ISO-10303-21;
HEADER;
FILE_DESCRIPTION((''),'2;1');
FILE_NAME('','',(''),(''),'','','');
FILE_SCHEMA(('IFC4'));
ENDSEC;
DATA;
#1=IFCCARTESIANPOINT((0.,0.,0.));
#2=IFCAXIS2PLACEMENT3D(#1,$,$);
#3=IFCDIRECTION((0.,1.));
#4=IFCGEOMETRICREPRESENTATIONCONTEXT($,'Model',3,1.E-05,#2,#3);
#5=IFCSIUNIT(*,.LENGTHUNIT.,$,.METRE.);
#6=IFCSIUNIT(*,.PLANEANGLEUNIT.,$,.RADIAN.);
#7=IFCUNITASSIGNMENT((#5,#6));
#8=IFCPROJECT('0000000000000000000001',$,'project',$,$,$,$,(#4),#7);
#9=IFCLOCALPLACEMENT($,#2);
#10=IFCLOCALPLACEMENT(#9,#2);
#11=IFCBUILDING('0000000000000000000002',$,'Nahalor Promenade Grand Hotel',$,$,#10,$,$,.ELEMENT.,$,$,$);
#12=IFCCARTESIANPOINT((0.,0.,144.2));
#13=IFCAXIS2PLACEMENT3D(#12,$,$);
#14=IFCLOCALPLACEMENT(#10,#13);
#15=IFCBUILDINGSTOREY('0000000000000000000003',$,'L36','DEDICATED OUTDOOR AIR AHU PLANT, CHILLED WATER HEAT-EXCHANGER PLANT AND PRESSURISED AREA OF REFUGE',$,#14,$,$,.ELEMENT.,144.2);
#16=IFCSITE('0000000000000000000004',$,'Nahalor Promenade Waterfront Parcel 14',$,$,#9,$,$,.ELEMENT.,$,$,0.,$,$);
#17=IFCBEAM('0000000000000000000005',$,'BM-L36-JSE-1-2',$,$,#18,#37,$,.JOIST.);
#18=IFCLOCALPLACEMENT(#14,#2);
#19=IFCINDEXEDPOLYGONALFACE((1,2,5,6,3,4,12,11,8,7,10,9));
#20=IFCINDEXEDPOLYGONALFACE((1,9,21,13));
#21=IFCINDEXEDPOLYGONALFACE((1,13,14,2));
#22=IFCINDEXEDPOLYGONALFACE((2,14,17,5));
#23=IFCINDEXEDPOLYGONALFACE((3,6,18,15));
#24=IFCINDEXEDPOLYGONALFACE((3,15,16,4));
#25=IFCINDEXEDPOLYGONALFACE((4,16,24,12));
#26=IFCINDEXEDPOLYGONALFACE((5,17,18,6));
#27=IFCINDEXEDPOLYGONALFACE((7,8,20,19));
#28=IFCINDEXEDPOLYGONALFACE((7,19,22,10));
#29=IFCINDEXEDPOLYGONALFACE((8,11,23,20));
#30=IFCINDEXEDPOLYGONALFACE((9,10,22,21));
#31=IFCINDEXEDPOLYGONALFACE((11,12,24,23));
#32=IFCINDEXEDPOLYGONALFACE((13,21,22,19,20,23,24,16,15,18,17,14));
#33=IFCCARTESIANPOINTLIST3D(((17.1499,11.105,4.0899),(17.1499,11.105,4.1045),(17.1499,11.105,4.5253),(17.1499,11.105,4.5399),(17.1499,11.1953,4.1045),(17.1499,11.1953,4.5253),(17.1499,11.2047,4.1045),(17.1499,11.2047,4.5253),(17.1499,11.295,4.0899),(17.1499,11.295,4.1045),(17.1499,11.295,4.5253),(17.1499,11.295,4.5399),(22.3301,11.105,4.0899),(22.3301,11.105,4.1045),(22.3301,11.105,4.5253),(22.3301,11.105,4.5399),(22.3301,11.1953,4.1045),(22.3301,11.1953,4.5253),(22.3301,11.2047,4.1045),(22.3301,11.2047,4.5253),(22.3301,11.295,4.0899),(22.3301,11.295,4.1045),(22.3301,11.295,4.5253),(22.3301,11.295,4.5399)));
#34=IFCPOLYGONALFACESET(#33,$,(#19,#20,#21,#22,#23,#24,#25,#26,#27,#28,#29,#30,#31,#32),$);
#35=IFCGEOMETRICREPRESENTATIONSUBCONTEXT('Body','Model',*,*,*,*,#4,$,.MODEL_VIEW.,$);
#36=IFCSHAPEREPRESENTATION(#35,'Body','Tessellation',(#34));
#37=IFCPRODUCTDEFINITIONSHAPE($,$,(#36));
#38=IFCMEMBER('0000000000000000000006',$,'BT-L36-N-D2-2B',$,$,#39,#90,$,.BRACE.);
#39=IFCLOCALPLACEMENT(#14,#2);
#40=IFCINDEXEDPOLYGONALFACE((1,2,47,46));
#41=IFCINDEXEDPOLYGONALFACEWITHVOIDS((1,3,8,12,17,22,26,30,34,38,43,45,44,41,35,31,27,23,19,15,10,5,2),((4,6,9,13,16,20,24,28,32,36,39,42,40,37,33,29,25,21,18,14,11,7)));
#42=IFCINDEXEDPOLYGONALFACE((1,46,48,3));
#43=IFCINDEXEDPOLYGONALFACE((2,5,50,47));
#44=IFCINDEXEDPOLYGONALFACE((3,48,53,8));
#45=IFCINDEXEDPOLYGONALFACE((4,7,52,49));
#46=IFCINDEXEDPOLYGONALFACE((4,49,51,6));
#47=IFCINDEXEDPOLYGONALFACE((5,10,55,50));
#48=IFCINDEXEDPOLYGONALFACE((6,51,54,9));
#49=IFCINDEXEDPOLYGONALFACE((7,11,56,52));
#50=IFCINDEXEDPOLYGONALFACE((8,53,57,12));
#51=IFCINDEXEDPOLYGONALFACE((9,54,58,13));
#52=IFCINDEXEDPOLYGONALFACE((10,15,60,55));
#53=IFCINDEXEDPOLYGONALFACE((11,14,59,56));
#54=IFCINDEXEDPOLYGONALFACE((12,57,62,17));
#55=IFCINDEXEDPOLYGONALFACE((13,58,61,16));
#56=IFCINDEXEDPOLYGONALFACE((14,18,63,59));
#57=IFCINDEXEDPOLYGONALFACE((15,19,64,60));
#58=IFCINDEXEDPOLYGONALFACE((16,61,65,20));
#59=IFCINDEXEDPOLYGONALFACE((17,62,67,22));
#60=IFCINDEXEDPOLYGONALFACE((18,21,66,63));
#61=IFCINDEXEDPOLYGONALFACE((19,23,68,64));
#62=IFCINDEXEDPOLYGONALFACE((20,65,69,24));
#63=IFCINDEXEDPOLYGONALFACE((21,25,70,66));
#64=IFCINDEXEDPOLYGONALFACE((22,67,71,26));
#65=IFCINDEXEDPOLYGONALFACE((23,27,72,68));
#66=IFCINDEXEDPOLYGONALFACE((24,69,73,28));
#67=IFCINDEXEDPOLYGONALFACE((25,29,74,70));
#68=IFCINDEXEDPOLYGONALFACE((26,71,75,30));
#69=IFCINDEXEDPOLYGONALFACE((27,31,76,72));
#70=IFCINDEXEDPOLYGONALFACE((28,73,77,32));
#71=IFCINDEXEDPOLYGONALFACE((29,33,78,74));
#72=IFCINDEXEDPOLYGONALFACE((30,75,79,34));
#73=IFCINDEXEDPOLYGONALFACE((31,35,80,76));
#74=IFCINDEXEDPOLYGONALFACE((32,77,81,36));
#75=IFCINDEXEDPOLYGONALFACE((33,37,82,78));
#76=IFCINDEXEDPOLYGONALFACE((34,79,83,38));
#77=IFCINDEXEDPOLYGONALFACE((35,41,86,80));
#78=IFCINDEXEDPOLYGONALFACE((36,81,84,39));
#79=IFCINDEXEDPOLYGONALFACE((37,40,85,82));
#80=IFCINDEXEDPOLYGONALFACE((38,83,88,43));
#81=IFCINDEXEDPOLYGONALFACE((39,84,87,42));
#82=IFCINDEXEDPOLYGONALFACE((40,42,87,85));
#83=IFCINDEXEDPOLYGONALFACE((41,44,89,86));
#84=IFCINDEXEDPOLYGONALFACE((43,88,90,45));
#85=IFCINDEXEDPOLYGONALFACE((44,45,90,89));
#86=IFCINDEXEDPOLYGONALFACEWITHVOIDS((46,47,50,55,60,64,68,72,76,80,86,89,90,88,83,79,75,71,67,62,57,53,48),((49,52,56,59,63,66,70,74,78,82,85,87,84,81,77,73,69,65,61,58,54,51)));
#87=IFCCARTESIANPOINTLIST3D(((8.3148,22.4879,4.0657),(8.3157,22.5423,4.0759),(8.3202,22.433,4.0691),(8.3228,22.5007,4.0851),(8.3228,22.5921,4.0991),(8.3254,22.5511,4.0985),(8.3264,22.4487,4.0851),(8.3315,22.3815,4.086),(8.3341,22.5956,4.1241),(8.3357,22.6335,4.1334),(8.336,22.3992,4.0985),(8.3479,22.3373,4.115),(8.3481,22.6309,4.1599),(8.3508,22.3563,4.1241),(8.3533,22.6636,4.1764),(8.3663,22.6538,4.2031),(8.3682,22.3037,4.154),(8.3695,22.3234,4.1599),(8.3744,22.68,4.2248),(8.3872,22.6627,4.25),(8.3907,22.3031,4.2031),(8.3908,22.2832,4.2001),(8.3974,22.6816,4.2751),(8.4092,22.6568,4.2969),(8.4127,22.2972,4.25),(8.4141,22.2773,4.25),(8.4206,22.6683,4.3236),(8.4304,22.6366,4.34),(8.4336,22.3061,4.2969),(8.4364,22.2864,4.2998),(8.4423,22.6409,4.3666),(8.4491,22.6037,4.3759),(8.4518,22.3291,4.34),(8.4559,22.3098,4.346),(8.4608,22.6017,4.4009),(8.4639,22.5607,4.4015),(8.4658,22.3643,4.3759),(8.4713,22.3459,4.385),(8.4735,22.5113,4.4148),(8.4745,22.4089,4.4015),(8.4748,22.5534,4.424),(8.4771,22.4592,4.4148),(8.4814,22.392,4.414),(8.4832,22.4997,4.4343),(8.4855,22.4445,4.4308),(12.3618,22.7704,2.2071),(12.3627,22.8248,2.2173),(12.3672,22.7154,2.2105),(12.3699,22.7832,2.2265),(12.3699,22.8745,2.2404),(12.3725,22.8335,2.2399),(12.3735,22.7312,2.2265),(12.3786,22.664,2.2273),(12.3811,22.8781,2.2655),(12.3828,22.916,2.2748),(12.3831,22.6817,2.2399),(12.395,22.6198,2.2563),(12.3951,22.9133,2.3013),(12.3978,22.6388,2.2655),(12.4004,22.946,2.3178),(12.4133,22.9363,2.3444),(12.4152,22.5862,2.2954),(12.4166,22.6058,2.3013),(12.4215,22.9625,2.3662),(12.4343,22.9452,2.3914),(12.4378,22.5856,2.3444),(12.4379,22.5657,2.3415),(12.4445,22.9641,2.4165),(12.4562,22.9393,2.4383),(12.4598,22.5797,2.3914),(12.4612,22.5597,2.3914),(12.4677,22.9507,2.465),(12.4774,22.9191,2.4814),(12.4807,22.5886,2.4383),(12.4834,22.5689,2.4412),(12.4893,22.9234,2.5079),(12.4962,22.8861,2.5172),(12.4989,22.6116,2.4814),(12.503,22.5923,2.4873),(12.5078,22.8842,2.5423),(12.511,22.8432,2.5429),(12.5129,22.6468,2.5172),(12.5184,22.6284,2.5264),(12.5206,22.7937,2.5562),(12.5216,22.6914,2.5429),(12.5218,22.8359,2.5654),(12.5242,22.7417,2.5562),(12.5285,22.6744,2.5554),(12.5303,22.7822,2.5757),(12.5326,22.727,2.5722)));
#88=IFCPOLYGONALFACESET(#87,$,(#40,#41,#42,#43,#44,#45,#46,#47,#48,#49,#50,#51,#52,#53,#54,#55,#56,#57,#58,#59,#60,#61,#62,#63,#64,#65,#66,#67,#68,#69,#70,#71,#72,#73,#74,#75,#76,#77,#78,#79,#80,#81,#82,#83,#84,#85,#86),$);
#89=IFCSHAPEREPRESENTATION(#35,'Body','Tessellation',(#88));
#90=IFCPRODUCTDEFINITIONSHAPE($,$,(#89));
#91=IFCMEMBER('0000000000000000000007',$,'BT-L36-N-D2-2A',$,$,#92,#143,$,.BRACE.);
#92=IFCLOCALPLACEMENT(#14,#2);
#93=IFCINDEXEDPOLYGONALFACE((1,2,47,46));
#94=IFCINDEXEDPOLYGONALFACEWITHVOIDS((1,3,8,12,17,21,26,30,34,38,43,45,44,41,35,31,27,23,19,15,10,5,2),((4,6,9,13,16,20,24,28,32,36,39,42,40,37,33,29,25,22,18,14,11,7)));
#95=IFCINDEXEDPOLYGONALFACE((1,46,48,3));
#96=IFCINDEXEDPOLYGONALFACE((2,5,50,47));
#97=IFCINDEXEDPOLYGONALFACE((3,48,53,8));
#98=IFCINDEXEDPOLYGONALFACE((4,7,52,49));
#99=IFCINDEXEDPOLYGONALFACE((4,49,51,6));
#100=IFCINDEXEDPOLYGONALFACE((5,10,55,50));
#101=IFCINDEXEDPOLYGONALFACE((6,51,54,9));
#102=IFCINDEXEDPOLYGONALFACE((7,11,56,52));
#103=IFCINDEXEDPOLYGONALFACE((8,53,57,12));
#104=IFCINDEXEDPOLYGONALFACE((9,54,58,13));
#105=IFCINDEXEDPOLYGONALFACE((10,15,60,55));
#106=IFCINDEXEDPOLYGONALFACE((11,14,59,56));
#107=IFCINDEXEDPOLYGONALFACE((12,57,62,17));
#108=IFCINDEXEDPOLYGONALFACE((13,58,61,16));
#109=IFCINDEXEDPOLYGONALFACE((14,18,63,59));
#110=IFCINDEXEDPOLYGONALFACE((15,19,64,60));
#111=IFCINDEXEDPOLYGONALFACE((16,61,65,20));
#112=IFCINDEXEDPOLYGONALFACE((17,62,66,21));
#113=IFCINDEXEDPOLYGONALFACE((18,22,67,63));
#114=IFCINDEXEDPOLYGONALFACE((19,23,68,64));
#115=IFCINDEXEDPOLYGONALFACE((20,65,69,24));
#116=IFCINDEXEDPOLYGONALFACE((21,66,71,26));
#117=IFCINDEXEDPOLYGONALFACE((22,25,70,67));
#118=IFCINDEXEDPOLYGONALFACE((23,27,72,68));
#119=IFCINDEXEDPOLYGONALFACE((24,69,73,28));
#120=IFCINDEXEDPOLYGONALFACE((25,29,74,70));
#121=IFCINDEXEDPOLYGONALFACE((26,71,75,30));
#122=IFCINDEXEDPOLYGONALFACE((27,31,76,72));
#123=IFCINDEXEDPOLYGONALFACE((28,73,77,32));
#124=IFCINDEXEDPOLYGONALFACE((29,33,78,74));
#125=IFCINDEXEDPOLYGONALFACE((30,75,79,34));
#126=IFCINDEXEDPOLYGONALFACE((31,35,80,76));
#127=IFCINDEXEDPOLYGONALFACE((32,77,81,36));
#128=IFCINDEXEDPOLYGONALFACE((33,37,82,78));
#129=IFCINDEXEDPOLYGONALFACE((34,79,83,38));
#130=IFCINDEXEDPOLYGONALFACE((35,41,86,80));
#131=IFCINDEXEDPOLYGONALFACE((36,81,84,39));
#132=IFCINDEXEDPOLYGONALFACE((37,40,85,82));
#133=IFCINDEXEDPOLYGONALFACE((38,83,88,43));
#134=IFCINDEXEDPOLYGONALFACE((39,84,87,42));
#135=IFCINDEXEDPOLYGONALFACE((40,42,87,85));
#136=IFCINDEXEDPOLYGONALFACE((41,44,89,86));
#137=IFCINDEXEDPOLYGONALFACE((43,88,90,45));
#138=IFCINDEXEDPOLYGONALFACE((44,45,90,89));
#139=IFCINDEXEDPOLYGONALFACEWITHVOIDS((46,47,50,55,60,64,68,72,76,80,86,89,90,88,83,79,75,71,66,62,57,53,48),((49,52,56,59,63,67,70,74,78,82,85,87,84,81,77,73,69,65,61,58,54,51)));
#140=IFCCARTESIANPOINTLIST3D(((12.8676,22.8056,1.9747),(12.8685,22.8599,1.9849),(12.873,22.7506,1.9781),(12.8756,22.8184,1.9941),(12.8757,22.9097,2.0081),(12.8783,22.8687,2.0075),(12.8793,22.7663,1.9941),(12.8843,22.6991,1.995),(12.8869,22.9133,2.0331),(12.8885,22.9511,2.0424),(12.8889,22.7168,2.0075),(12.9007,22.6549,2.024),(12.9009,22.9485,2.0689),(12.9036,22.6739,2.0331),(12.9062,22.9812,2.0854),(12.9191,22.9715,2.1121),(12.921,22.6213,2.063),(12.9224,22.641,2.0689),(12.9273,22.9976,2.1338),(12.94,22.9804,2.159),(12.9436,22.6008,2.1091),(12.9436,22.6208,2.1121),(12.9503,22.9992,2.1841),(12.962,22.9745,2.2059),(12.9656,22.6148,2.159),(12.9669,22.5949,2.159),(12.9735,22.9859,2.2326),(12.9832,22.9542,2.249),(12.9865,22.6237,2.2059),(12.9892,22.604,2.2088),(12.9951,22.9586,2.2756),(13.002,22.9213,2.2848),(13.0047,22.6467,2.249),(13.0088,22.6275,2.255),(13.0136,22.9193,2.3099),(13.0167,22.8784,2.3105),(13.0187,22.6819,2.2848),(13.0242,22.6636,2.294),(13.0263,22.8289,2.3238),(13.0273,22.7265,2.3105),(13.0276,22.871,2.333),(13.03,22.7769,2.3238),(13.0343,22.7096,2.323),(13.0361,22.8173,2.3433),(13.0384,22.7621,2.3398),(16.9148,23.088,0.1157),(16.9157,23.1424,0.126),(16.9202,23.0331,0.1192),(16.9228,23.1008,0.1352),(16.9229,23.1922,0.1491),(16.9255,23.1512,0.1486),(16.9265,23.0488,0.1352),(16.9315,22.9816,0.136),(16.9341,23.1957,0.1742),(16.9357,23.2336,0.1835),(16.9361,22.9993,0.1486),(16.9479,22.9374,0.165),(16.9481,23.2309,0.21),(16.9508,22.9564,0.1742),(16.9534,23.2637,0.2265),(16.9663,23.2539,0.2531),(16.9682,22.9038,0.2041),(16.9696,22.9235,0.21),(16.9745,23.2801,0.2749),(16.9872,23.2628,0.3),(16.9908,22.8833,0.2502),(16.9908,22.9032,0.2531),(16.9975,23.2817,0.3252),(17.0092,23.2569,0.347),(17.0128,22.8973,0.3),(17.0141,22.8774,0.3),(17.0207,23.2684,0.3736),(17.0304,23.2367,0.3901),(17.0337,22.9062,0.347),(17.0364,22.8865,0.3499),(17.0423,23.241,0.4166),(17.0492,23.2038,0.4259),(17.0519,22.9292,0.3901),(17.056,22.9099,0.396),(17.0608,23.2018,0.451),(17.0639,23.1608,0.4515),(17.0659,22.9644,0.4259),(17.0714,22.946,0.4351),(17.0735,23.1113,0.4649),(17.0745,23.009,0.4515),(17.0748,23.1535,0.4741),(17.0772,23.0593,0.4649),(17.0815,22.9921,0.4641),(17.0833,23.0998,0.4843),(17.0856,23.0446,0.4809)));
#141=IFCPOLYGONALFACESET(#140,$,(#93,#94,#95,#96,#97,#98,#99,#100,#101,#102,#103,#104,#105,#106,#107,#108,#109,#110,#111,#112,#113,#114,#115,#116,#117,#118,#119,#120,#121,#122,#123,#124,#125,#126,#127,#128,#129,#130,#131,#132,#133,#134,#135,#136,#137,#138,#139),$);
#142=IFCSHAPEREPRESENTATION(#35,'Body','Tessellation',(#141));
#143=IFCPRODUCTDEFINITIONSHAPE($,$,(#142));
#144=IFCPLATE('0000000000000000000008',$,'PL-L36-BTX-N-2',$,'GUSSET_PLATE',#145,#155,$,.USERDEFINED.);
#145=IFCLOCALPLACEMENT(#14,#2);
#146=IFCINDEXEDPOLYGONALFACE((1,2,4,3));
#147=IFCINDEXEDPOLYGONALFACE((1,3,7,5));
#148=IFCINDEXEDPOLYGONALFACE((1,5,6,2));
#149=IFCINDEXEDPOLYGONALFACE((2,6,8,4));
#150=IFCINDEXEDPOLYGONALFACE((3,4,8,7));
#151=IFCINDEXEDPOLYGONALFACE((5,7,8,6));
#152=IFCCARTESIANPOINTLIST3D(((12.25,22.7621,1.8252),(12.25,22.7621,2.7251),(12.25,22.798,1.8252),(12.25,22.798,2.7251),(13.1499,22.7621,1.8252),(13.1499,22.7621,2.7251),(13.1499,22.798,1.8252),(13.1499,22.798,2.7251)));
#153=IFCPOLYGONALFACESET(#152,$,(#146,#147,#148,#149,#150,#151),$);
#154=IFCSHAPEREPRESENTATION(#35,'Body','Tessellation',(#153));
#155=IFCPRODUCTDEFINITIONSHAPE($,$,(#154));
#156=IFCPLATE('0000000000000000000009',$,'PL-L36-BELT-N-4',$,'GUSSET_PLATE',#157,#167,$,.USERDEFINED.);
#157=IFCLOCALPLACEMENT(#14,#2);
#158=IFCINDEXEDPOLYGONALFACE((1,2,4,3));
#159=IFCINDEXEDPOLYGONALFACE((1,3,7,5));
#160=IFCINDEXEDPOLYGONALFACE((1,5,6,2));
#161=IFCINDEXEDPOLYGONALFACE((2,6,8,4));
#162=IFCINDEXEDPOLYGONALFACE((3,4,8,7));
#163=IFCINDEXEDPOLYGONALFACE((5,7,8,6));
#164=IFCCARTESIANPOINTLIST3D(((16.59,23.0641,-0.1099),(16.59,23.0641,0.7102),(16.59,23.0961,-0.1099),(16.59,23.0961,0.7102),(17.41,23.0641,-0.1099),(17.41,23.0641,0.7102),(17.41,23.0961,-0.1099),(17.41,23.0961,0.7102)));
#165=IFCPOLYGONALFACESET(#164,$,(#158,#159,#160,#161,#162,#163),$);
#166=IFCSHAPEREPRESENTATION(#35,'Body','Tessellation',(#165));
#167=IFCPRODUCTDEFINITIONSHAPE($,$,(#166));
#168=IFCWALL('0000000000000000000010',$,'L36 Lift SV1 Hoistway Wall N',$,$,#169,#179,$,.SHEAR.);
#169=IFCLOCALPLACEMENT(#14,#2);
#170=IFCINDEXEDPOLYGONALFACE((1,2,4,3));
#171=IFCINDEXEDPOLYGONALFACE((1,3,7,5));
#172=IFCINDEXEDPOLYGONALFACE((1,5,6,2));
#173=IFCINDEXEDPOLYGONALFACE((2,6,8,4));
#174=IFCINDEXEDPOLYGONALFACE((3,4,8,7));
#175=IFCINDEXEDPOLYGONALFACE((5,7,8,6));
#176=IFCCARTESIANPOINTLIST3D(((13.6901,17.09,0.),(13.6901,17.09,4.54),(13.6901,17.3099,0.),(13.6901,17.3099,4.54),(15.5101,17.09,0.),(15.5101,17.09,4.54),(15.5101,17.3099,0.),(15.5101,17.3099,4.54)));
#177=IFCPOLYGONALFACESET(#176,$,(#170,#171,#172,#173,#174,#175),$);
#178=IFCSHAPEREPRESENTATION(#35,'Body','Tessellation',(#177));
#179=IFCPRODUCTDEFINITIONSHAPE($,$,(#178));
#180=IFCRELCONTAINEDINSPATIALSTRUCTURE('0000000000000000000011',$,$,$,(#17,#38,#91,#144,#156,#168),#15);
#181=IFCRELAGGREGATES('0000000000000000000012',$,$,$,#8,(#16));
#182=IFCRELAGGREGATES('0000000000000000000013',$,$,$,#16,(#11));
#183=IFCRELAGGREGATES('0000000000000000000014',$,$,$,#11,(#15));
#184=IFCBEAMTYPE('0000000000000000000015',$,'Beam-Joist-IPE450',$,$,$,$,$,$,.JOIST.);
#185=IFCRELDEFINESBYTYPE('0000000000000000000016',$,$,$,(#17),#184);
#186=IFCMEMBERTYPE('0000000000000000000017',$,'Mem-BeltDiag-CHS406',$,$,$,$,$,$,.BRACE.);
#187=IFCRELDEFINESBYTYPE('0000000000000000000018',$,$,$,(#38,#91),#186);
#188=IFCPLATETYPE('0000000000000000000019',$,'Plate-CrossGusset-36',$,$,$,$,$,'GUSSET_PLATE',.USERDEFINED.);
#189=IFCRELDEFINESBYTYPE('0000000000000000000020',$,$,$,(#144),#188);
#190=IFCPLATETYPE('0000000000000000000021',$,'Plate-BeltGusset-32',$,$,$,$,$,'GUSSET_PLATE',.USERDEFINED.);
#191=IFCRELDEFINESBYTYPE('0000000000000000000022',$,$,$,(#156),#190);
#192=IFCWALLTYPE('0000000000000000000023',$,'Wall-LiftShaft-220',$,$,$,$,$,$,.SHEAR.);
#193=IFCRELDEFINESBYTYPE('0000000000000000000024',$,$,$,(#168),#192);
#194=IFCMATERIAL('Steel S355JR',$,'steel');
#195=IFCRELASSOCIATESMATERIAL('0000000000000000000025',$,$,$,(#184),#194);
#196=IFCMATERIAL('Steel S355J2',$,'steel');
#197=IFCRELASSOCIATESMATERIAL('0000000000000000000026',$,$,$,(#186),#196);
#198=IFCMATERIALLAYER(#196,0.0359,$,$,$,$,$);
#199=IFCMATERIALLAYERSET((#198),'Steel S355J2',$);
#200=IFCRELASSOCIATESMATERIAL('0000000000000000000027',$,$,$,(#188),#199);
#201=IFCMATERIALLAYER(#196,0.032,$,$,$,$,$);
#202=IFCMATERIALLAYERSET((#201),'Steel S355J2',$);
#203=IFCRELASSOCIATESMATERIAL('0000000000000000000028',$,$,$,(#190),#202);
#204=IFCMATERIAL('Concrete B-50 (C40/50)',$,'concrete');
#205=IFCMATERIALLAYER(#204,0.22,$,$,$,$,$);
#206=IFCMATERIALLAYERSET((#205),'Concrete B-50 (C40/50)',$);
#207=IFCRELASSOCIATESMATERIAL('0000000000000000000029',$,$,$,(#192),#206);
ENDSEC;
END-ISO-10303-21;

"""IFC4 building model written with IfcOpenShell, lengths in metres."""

from ifc_helpers import new_model, si_unit, direction, frame, frame_2d, origin, origin_2d, place, context, subcontext, project, spatial, rectangle, hollow_circle, i_section, extrude, source, transform, mapped, material, layer, layer_set, material_profile, profile_set, type_object, element, save


model = new_model("IFC4")

# Units and contexts
model_context = context("Model", 3, precision=1e-05, world=origin(), true_north=direction((0.0, 1.0)))
body_context = subcontext(model_context, "Body", "Model", "MODEL_VIEW")
ifc_project = project(units=[si_unit("LENGTHUNIT", "METRE"), si_unit("PLANEANGLEUNIT", "RADIAN")], contexts=[model_context])

# Site, building, storey
site_placement = place(None, origin())
site = spatial("IfcSite", under=ifc_project, at=site_placement, Name="Nahalor Promenade Waterfront Parcel 14", CompositionType="ELEMENT", RefElevation=0.0)
building_placement = place(site_placement, origin())
building = spatial("IfcBuilding", under=site, at=building_placement, Name="Nahalor Promenade Grand Hotel", CompositionType="ELEMENT")
storey_placement = place(building_placement, frame((0.0, 0.0, 144.2)))
storey = spatial("IfcBuildingStorey", under=building, at=storey_placement, Name="L36", Description="DEDICATED OUTDOOR AIR AHU PLANT, CHILLED WATER HEAT-EXCHANGER PLANT AND PRESSURISED AREA OF REFUGE", CompositionType="ELEMENT", Elevation=144.2)

# Shared definitions
ifc_material_1 = material(Name="Steel S355J2", Category="steel")

# Beam
ifc_material_2 = material(Name="Steel S355JR", Category="steel")
ifc_material_profile_1 = material_profile(ifc_material_2, i_section(OverallWidth=0.19, OverallDepth=0.45, WebThickness=0.0094, FlangeThickness=0.0146, at=origin_2d()), Name="IPE 450")
ifc_profile_set_1 = profile_set([ifc_material_profile_1], Name="Steel S355JR")
beam_type_1 = type_object("IfcBeamType", Name="Beam-Joist-IPE450", PredefinedType="JOIST", material=ifc_profile_set_1)
shared_shape_1 = source(origin(), body_context, "Body", "SweptSolid", [
    extrude(i_section(OverallWidth=0.19, OverallDepth=0.45, WebThickness=0.0094, FlangeThickness=0.0146, at=origin_2d()), origin(), (0.0, 0.0, 1.0), 5.1802),
])
beam_placement = place(storey_placement, frame((17.1499, 11.2, 4.3149), z_axis=(1.0, 0.0, 0.0), x_axis=(0.0, 1.0, 0.0)))
element("IfcBeam", 1, at=beam_placement, inside=storey, type_object=beam_type_1, Name="BM-L36-JSE-1-2", PredefinedType="JOIST", context=body_context, shape_type="MappedRepresentation", body=[
    mapped(shared_shape_1, transform((0.0, 0.0, 0.0), scale=1.0)),
])

# Members
ifc_material_profile_2 = material_profile(ifc_material_1, hollow_circle(Radius=0.2032, WallThickness=0.02, at=origin_2d()), Name="CHS 406.4x20")
ifc_profile_set_2 = profile_set([ifc_material_profile_2], Name="Steel S355J2")
member_type = type_object("IfcMemberType", Name="Mem-BeltDiag-CHS406", PredefinedType="BRACE", material=ifc_profile_set_2)
shared_shape_2 = source(origin(), body_context, "Body", "SweptSolid", [
    extrude(hollow_circle(Radius=0.2032, WallThickness=0.02, at=origin_2d()), origin(), (0.0, 0.0, 1.0), 4.4624),
])
member_1_placement = place(storey_placement, frame((12.447, 22.7625, 2.3914), z_axis=(-0.906926, -0.063299, 0.416507), x_axis=(0.069626, -0.997573, 0.0)))
element("IfcMember", 2, at=member_1_placement, inside=storey, type_object=member_type, Name="BT-L36-N-D2-2B", PredefinedType="BRACE", context=body_context, shape_type="MappedRepresentation", body=[
    mapped(shared_shape_2, transform((0.0, 0.0, 0.0), scale=1.0)),
])
shared_shape_3 = source(origin(), body_context, "Body", "SweptSolid", [
    extrude(hollow_circle(Radius=0.2032, WallThickness=0.02, at=origin_2d()), origin(), (0.0, 0.0, 1.0), 4.4626),
])
member_2_placement = place(storey_placement, frame((17.0, 23.0801, 0.3), z_axis=(-0.906906, -0.063298, 0.416552), x_axis=(0.069626, -0.997573, 0.0)))
element("IfcMember", 3, at=member_2_placement, inside=storey, type_object=member_type, Name="BT-L36-N-D2-2A", PredefinedType="BRACE", context=body_context, shape_type="MappedRepresentation", body=[
    mapped(shared_shape_3, transform((0.0, 0.0, 0.0), scale=1.0)),
])

# Plates
ifc_layer_1 = layer(ifc_material_1, 0.0359)
ifc_layer_set_1 = layer_set([ifc_layer_1], Name="Steel S355J2")
plate_type_1 = type_object("IfcPlateType", Name="Plate-CrossGusset-36", ElementType="GUSSET_PLATE", PredefinedType="USERDEFINED", material=ifc_layer_set_1)
shared_shape_4 = source(origin(), body_context, "Body", "SweptSolid", [
    extrude(rectangle(XDim=0.8999, YDim=0.0359, at=origin_2d()), origin(), (0.0, 0.0, 1.0), 0.8999),
])
plate_1_placement = place(storey_placement, frame((12.7, 22.78, 1.8252), z_axis=(0.0, 0.0, 1.0), x_axis=(1.0, 0.0, 0.0)))
element("IfcPlate", 4, at=plate_1_placement, inside=storey, type_object=plate_type_1, Name="PL-L36-BTX-N-2", ObjectType="GUSSET_PLATE", PredefinedType="USERDEFINED", context=body_context, shape_type="MappedRepresentation", body=[
    mapped(shared_shape_4, transform((0.0, 0.0, 0.0), scale=1.0)),
])
ifc_layer_2 = layer(ifc_material_1, 0.032)
ifc_layer_set_2 = layer_set([ifc_layer_2], Name="Steel S355J2")
plate_type_2 = type_object("IfcPlateType", Name="Plate-BeltGusset-32", ElementType="GUSSET_PLATE", PredefinedType="USERDEFINED", material=ifc_layer_set_2)
shared_shape_5 = source(origin(), body_context, "Body", "SweptSolid", [
    extrude(rectangle(XDim=0.8201, YDim=0.032, at=origin_2d()), origin(), (0.0, 0.0, 1.0), 0.8201),
])
plate_2_placement = place(storey_placement, frame((17.0, 23.0801, -0.1099), z_axis=(0.0, 0.0, 1.0), x_axis=(1.0, 0.0, 0.0)))
element("IfcPlate", 5, at=plate_2_placement, inside=storey, type_object=plate_type_2, Name="PL-L36-BELT-N-4", ObjectType="GUSSET_PLATE", PredefinedType="USERDEFINED", context=body_context, shape_type="MappedRepresentation", body=[
    mapped(shared_shape_5, transform((0.0, 0.0, 0.0), scale=1.0)),
])

# Wall
ifc_material_3 = material(Name="Concrete B-50 (C40/50)", Category="concrete")
ifc_layer_3 = layer(ifc_material_3, 0.22)
ifc_layer_set_3 = layer_set([ifc_layer_3], Name="Concrete B-50 (C40/50)")
wall_type_1 = type_object("IfcWallType", Name="Wall-LiftShaft-220", PredefinedType="SHEAR", material=ifc_layer_set_3)
shared_shape_6 = source(origin(), body_context, "Body", "SweptSolid", [
    extrude(rectangle(XDim=1.8201, YDim=0.22, at=frame_2d((0.9102, 0.0))), origin(), (0.0, 0.0, 1.0), 4.54),
])
wall_1_placement = place(storey_placement, frame((13.6899, 17.2, 0.0), z_axis=(0.0, 0.0, 1.0), x_axis=(1.0, 0.0, 0.0)))
element("IfcWall", 6, at=wall_1_placement, inside=storey, type_object=wall_type_1, Name="L36 Lift SV1 Hoistway Wall N", PredefinedType="SHEAR", context=body_context, shape_type="MappedRepresentation", body=[
    mapped(shared_shape_6, transform((0.0, 0.0, 0.0), scale=1.0)),
])

save(model, "model.ifc")
